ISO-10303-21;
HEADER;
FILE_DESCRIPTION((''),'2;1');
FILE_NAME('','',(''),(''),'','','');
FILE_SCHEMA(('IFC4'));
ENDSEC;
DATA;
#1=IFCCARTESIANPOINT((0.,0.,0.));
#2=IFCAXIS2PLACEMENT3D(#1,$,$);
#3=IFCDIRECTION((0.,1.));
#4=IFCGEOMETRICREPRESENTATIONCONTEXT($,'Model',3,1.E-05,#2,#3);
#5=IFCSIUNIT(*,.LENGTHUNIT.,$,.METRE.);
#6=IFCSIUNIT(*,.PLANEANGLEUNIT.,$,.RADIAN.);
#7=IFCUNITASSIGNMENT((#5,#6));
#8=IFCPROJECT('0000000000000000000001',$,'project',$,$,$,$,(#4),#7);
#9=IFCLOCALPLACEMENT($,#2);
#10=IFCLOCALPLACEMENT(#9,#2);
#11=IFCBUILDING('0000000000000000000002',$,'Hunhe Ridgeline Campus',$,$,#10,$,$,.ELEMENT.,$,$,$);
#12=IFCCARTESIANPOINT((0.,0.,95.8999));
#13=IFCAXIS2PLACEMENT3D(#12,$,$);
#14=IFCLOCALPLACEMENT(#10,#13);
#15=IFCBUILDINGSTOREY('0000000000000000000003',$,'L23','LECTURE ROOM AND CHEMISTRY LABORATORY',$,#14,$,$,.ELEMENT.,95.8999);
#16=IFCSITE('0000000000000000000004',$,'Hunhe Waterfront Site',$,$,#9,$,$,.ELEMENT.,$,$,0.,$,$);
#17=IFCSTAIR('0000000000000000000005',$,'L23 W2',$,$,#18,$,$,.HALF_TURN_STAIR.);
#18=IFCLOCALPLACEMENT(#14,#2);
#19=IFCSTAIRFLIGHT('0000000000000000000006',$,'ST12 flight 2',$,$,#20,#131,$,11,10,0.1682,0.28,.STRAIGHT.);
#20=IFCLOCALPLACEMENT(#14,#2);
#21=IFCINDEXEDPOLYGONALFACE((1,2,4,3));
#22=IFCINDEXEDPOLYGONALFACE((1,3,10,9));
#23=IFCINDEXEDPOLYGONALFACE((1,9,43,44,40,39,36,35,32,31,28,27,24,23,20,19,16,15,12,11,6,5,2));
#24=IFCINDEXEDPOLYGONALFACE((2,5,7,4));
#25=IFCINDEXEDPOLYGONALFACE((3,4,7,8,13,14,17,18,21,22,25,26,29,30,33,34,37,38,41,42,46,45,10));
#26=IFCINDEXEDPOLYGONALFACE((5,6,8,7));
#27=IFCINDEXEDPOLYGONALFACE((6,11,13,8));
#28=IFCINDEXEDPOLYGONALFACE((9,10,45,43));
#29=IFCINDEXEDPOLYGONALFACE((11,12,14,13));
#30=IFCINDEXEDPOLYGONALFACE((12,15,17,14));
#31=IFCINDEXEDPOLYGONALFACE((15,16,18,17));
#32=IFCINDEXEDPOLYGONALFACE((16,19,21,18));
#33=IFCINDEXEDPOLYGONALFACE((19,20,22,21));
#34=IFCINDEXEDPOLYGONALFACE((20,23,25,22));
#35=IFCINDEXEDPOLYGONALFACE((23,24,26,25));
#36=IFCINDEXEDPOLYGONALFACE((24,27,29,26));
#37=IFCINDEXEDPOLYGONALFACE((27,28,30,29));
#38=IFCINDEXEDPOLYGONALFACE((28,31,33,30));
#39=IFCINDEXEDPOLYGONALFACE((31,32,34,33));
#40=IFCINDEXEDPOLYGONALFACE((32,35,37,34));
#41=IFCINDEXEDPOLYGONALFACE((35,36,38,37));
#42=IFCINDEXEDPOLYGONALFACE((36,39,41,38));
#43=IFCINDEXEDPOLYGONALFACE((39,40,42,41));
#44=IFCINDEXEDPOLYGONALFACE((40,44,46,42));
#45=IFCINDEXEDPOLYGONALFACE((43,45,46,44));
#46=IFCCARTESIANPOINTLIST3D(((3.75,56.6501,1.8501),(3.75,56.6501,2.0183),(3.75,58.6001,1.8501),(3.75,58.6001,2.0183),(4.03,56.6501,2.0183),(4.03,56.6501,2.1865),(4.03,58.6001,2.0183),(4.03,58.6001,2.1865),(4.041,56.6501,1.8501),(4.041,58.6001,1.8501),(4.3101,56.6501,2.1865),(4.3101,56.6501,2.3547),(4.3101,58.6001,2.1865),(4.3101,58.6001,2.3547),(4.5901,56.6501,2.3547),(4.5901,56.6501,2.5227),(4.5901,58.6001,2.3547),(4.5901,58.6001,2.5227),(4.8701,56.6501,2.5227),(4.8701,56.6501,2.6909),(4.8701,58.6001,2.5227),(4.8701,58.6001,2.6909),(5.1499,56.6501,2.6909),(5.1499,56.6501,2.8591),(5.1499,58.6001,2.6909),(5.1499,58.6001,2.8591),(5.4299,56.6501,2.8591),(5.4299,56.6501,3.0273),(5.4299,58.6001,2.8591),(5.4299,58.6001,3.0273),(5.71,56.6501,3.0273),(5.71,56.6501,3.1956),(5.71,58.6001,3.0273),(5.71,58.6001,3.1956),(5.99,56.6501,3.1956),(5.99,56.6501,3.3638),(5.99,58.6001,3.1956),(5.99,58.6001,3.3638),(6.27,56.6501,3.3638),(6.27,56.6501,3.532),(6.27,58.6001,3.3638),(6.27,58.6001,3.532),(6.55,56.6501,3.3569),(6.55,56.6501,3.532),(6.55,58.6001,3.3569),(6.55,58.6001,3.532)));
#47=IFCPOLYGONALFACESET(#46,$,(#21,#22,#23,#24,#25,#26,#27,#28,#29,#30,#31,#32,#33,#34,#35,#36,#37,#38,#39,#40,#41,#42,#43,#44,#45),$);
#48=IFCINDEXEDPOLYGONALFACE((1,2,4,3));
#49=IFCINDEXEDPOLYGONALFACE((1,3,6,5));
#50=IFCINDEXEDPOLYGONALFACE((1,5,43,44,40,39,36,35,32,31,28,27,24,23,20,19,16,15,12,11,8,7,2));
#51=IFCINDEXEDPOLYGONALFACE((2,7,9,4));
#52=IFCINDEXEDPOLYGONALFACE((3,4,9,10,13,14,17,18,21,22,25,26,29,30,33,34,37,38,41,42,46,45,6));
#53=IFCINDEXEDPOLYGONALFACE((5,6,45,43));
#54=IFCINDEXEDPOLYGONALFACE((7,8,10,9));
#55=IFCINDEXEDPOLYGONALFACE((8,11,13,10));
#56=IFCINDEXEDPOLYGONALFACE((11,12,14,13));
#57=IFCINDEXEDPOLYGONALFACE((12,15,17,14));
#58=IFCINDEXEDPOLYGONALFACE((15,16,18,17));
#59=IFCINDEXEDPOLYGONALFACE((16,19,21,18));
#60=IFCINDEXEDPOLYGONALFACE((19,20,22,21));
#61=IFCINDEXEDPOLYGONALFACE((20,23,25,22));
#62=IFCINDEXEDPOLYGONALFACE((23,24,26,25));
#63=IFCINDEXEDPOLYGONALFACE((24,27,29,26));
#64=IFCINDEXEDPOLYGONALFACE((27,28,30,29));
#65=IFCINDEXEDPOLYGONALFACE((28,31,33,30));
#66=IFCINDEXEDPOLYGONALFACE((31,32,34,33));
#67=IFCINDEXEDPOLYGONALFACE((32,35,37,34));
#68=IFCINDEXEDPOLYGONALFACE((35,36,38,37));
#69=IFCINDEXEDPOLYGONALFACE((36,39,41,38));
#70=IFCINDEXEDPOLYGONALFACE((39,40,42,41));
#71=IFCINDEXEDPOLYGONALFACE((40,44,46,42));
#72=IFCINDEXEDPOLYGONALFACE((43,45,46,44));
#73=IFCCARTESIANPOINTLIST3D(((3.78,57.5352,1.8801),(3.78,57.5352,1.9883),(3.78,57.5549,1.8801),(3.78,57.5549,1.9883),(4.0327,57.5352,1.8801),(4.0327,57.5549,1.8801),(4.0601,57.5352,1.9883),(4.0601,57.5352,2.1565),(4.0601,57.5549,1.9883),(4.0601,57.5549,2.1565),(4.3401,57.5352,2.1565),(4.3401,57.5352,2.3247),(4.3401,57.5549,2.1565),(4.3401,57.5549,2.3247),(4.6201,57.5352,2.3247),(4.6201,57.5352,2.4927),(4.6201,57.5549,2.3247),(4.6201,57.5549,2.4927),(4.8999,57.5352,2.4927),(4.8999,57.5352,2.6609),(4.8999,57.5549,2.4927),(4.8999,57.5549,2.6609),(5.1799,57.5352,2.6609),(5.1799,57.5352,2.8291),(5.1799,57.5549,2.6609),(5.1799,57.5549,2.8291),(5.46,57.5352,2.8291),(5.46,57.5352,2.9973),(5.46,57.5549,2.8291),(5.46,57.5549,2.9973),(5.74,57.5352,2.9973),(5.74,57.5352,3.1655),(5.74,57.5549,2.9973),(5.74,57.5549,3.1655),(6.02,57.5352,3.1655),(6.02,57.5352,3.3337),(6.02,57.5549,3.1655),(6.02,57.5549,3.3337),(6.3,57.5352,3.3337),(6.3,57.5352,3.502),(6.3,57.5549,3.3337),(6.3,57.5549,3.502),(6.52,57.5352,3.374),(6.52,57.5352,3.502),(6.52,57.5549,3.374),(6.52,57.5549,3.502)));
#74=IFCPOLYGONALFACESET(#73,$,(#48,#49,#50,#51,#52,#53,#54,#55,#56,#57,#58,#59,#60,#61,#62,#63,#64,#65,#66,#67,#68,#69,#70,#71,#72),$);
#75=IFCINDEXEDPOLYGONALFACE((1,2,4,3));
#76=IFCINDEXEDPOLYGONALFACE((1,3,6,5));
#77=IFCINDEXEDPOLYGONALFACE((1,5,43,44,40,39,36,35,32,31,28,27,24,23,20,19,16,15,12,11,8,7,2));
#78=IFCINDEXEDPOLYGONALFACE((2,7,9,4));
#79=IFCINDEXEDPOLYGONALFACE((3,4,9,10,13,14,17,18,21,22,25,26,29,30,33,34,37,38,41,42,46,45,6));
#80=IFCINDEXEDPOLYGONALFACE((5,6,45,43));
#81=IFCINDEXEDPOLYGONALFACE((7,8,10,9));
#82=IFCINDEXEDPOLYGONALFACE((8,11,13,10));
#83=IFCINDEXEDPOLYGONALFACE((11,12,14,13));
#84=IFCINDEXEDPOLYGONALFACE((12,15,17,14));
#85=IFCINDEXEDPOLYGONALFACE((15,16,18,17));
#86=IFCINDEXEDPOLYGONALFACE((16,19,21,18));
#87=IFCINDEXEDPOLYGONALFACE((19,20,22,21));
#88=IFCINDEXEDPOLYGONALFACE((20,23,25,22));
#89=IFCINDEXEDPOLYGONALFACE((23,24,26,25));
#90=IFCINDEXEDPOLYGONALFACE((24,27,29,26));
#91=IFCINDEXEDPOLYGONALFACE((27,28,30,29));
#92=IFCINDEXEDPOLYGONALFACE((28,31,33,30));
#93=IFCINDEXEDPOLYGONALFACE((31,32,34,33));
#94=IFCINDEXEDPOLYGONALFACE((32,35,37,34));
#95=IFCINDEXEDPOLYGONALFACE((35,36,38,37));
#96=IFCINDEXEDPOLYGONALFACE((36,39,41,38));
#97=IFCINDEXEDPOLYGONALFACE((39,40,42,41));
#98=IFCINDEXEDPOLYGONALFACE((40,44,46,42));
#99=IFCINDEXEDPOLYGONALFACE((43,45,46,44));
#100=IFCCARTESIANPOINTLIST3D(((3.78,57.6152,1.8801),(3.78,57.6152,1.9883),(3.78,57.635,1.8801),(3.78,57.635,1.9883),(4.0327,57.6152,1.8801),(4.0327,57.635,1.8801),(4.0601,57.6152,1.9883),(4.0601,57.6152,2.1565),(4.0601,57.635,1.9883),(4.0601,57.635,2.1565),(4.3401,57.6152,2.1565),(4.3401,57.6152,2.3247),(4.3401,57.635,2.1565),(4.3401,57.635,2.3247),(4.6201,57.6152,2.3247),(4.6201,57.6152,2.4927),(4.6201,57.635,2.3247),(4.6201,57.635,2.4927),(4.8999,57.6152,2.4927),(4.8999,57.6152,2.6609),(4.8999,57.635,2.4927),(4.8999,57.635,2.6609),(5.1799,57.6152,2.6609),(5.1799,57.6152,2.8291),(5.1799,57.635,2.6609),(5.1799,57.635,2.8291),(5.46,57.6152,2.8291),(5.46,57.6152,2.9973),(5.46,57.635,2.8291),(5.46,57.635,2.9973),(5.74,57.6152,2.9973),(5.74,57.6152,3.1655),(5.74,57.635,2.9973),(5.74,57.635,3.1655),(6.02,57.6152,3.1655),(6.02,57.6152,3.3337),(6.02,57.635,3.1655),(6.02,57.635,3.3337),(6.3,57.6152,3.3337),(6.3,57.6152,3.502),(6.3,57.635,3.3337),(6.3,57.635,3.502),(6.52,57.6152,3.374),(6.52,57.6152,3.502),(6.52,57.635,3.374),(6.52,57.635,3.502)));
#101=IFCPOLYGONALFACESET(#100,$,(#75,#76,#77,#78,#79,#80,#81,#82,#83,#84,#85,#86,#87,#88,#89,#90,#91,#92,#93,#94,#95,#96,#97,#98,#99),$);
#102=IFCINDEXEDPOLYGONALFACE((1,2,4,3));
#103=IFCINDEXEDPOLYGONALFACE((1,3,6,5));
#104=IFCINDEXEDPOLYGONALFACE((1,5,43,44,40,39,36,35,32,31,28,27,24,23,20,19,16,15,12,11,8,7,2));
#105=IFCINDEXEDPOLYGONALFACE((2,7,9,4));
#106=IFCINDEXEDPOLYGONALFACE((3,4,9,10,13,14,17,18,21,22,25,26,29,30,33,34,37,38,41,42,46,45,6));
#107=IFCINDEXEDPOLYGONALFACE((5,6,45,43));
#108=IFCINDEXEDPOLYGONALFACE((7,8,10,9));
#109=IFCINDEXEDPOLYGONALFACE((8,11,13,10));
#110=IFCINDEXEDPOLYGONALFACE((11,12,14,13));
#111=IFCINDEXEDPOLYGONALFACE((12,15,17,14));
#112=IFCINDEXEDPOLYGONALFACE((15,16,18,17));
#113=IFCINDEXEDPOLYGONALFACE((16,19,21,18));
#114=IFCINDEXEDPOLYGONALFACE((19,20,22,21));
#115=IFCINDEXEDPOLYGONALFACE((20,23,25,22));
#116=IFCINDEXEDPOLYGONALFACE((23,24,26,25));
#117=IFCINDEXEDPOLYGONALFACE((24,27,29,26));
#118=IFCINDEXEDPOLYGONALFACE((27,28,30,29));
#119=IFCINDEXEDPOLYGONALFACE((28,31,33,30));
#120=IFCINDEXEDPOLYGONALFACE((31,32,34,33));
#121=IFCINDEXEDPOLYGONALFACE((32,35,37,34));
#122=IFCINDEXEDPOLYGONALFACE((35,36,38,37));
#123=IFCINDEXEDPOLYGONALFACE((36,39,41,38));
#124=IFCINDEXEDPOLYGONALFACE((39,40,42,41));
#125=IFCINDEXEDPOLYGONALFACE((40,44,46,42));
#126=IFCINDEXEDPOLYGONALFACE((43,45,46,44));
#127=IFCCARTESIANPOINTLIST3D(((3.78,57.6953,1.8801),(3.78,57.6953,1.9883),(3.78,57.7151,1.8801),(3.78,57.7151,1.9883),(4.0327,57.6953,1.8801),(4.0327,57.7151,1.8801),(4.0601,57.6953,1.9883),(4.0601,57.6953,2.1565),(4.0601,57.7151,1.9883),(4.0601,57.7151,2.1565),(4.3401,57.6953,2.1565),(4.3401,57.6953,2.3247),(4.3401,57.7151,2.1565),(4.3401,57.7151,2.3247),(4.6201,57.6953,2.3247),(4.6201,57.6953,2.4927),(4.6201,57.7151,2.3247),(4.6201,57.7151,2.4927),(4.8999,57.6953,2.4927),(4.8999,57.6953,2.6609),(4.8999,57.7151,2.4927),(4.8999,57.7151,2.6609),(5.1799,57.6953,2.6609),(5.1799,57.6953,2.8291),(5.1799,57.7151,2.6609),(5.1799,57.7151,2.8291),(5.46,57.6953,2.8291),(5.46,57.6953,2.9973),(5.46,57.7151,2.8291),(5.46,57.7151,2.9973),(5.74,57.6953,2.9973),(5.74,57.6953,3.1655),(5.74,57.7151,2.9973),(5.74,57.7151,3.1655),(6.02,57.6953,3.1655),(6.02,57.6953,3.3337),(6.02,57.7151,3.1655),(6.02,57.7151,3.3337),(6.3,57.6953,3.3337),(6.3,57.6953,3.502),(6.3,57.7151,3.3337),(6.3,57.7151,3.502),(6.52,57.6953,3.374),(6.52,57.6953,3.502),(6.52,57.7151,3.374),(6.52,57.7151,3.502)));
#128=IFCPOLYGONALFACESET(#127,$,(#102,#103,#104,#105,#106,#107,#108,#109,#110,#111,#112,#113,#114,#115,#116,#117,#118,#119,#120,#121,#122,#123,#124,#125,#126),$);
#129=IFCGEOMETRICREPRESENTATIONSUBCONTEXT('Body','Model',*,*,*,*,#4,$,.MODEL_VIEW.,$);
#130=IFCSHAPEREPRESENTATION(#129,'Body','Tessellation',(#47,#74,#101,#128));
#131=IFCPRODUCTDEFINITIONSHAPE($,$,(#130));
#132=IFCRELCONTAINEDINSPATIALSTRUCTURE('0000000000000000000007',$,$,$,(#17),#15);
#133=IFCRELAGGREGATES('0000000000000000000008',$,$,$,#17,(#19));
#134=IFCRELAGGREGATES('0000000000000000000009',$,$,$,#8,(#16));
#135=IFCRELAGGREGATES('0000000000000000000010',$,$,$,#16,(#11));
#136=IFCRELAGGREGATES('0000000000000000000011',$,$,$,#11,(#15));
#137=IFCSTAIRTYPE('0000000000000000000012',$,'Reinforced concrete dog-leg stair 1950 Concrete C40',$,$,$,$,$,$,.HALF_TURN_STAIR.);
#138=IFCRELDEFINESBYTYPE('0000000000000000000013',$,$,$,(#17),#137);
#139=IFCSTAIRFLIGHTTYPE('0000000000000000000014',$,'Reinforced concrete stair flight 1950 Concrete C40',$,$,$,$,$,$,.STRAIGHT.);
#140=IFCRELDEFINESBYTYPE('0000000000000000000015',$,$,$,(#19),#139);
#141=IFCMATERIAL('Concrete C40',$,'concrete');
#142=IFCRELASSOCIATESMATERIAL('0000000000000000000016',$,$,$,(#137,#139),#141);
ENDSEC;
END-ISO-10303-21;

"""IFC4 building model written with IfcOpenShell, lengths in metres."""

from ifc_helpers import new_model, si_unit, direction, frame, origin, place, context, subcontext, project, spatial, polyline, outline, extrude, material, type_object, element, aggregate, save


model = new_model("IFC4")

# Units and contexts
model_context = context("Model", 3, precision=1e-05, world=origin(), true_north=direction((0.0, 1.0)))
body_context = subcontext(model_context, "Body", "Model", "MODEL_VIEW")
ifc_project = project(units=[si_unit("LENGTHUNIT", "METRE"), si_unit("PLANEANGLEUNIT", "RADIAN")], contexts=[model_context])

# Site, building, storey
site_placement = place(None, origin())
site = spatial("IfcSite", under=ifc_project, at=site_placement, Name="Hunhe Waterfront Site", CompositionType="ELEMENT", RefElevation=0.0)
building_placement = place(site_placement, origin())
building = spatial("IfcBuilding", under=site, at=building_placement, Name="Hunhe Ridgeline Campus", CompositionType="ELEMENT")
storey_placement = place(building_placement, frame((0.0, 0.0, 95.8999)))
storey = spatial("IfcBuildingStorey", under=building, at=storey_placement, Name="L23", Description="LECTURE ROOM AND CHEMISTRY LABORATORY", CompositionType="ELEMENT", Elevation=95.8999)

# Stair, stair flight
ifc_material_1 = material(Name="Concrete C40", Category="concrete")
stair_type = type_object("IfcStairType", Name="Reinforced concrete dog-leg stair 1950 Concrete C40", PredefinedType="HALF_TURN_STAIR", material=ifc_material_1)
stair_placement = place(storey_placement, origin())
stair = element("IfcStair", 1, at=stair_placement, inside=storey, type_object=stair_type, Name="L23 W2", PredefinedType="HALF_TURN_STAIR")
stair_flight_type = type_object("IfcStairFlightType", Name="Reinforced concrete stair flight 1950 Concrete C40", PredefinedType="STRAIGHT", material=ifc_material_1)
stair_flight_1_placement = place(storey_placement, frame((3.75, 57.625, 1.8501), z_axis=(0.0, 0.0, 1.0), x_axis=(1.0, 0.0, 0.0)))
stair_flight_1 = element("IfcStairFlight", 2, at=stair_flight_1_placement, type_object=stair_flight_type, Name="ST12 flight 2", NumberOfRisers=11, NumberOfTreads=10, PredefinedType="STRAIGHT", RiserHeight=0.1682, TreadLength=0.28, context=body_context, shape_type="SweptSolid", body=[
    extrude(outline(polyline([(0.0, 0.0), (0.0, 0.1682), (0.28, 0.1682), (0.28, 0.3364), (0.5601, 0.3364), (0.5601, 0.5046), (0.8401, 0.5046), (0.8401, 0.6726), (1.1201, 0.6726), (1.1201, 0.8408), (1.3999, 0.8408), (1.3999, 1.009), (1.6799, 1.009), (1.6799, 1.1772), (1.96, 1.1772), (1.96, 1.3455), (2.24, 1.3455), (2.24, 1.5137), (2.52, 1.5137), (2.52, 1.6819), (2.8, 1.6819), (2.8, 1.8501), (2.8, 1.5068), (0.291, 0.0), (0.0, 0.0)])), frame((0.0, 0.9751, 0.0), z_axis=(0.0, -1.0, 0.0), x_axis=(1.0, 0.0, 0.0)), (0.0, 0.0, 1.0), 1.95),
    extrude(outline(polyline([(0.03, 0.03), (0.03, 0.1382), (0.3101, 0.1382), (0.3101, 0.3064), (0.5901, 0.3064), (0.5901, 0.4746), (0.8701, 0.4746), (0.8701, 0.6426), (1.1499, 0.6426), (1.1499, 0.8108), (1.4299, 0.8108), (1.4299, 0.979), (1.71, 0.979), (1.71, 1.1472), (1.99, 1.1472), (1.99, 1.3154), (2.27, 1.3154), (2.27, 1.4836), (2.55, 1.4836), (2.55, 1.6519), (2.77, 1.6519), (2.77, 1.5239), (0.2827, 0.03), (0.03, 0.03)])), frame((0.0, -0.0701, 0.0), z_axis=(0.0, -1.0, 0.0), x_axis=(1.0, 0.0, 0.0)), (0.0, 0.0, 1.0), 0.0198),
    extrude(outline(polyline([(0.03, 0.03), (0.03, 0.1382), (0.3101, 0.1382), (0.3101, 0.3064), (0.5901, 0.3064), (0.5901, 0.4746), (0.8701, 0.4746), (0.8701, 0.6426), (1.1499, 0.6426), (1.1499, 0.8108), (1.4299, 0.8108), (1.4299, 0.979), (1.71, 0.979), (1.71, 1.1472), (1.99, 1.1472), (1.99, 1.3154), (2.27, 1.3154), (2.27, 1.4836), (2.55, 1.4836), (2.55, 1.6519), (2.77, 1.6519), (2.77, 1.5239), (0.2827, 0.03), (0.03, 0.03)])), frame((0.0, 0.01, 0.0), z_axis=(0.0, -1.0, 0.0), x_axis=(1.0, 0.0, 0.0)), (0.0, 0.0, 1.0), 0.0198),
    extrude(outline(polyline([(0.03, 0.03), (0.03, 0.1382), (0.3101, 0.1382), (0.3101, 0.3064), (0.5901, 0.3064), (0.5901, 0.4746), (0.8701, 0.4746), (0.8701, 0.6426), (1.1499, 0.6426), (1.1499, 0.8108), (1.4299, 0.8108), (1.4299, 0.979), (1.71, 0.979), (1.71, 1.1472), (1.99, 1.1472), (1.99, 1.3154), (2.27, 1.3154), (2.27, 1.4836), (2.55, 1.4836), (2.55, 1.6519), (2.77, 1.6519), (2.77, 1.5239), (0.2827, 0.03), (0.03, 0.03)])), frame((0.0, 0.0901, 0.0), z_axis=(0.0, -1.0, 0.0), x_axis=(1.0, 0.0, 0.0)), (0.0, 0.0, 1.0), 0.0198),
])
aggregate(stair, [stair_flight_1])

save(model, "model.ifc")
